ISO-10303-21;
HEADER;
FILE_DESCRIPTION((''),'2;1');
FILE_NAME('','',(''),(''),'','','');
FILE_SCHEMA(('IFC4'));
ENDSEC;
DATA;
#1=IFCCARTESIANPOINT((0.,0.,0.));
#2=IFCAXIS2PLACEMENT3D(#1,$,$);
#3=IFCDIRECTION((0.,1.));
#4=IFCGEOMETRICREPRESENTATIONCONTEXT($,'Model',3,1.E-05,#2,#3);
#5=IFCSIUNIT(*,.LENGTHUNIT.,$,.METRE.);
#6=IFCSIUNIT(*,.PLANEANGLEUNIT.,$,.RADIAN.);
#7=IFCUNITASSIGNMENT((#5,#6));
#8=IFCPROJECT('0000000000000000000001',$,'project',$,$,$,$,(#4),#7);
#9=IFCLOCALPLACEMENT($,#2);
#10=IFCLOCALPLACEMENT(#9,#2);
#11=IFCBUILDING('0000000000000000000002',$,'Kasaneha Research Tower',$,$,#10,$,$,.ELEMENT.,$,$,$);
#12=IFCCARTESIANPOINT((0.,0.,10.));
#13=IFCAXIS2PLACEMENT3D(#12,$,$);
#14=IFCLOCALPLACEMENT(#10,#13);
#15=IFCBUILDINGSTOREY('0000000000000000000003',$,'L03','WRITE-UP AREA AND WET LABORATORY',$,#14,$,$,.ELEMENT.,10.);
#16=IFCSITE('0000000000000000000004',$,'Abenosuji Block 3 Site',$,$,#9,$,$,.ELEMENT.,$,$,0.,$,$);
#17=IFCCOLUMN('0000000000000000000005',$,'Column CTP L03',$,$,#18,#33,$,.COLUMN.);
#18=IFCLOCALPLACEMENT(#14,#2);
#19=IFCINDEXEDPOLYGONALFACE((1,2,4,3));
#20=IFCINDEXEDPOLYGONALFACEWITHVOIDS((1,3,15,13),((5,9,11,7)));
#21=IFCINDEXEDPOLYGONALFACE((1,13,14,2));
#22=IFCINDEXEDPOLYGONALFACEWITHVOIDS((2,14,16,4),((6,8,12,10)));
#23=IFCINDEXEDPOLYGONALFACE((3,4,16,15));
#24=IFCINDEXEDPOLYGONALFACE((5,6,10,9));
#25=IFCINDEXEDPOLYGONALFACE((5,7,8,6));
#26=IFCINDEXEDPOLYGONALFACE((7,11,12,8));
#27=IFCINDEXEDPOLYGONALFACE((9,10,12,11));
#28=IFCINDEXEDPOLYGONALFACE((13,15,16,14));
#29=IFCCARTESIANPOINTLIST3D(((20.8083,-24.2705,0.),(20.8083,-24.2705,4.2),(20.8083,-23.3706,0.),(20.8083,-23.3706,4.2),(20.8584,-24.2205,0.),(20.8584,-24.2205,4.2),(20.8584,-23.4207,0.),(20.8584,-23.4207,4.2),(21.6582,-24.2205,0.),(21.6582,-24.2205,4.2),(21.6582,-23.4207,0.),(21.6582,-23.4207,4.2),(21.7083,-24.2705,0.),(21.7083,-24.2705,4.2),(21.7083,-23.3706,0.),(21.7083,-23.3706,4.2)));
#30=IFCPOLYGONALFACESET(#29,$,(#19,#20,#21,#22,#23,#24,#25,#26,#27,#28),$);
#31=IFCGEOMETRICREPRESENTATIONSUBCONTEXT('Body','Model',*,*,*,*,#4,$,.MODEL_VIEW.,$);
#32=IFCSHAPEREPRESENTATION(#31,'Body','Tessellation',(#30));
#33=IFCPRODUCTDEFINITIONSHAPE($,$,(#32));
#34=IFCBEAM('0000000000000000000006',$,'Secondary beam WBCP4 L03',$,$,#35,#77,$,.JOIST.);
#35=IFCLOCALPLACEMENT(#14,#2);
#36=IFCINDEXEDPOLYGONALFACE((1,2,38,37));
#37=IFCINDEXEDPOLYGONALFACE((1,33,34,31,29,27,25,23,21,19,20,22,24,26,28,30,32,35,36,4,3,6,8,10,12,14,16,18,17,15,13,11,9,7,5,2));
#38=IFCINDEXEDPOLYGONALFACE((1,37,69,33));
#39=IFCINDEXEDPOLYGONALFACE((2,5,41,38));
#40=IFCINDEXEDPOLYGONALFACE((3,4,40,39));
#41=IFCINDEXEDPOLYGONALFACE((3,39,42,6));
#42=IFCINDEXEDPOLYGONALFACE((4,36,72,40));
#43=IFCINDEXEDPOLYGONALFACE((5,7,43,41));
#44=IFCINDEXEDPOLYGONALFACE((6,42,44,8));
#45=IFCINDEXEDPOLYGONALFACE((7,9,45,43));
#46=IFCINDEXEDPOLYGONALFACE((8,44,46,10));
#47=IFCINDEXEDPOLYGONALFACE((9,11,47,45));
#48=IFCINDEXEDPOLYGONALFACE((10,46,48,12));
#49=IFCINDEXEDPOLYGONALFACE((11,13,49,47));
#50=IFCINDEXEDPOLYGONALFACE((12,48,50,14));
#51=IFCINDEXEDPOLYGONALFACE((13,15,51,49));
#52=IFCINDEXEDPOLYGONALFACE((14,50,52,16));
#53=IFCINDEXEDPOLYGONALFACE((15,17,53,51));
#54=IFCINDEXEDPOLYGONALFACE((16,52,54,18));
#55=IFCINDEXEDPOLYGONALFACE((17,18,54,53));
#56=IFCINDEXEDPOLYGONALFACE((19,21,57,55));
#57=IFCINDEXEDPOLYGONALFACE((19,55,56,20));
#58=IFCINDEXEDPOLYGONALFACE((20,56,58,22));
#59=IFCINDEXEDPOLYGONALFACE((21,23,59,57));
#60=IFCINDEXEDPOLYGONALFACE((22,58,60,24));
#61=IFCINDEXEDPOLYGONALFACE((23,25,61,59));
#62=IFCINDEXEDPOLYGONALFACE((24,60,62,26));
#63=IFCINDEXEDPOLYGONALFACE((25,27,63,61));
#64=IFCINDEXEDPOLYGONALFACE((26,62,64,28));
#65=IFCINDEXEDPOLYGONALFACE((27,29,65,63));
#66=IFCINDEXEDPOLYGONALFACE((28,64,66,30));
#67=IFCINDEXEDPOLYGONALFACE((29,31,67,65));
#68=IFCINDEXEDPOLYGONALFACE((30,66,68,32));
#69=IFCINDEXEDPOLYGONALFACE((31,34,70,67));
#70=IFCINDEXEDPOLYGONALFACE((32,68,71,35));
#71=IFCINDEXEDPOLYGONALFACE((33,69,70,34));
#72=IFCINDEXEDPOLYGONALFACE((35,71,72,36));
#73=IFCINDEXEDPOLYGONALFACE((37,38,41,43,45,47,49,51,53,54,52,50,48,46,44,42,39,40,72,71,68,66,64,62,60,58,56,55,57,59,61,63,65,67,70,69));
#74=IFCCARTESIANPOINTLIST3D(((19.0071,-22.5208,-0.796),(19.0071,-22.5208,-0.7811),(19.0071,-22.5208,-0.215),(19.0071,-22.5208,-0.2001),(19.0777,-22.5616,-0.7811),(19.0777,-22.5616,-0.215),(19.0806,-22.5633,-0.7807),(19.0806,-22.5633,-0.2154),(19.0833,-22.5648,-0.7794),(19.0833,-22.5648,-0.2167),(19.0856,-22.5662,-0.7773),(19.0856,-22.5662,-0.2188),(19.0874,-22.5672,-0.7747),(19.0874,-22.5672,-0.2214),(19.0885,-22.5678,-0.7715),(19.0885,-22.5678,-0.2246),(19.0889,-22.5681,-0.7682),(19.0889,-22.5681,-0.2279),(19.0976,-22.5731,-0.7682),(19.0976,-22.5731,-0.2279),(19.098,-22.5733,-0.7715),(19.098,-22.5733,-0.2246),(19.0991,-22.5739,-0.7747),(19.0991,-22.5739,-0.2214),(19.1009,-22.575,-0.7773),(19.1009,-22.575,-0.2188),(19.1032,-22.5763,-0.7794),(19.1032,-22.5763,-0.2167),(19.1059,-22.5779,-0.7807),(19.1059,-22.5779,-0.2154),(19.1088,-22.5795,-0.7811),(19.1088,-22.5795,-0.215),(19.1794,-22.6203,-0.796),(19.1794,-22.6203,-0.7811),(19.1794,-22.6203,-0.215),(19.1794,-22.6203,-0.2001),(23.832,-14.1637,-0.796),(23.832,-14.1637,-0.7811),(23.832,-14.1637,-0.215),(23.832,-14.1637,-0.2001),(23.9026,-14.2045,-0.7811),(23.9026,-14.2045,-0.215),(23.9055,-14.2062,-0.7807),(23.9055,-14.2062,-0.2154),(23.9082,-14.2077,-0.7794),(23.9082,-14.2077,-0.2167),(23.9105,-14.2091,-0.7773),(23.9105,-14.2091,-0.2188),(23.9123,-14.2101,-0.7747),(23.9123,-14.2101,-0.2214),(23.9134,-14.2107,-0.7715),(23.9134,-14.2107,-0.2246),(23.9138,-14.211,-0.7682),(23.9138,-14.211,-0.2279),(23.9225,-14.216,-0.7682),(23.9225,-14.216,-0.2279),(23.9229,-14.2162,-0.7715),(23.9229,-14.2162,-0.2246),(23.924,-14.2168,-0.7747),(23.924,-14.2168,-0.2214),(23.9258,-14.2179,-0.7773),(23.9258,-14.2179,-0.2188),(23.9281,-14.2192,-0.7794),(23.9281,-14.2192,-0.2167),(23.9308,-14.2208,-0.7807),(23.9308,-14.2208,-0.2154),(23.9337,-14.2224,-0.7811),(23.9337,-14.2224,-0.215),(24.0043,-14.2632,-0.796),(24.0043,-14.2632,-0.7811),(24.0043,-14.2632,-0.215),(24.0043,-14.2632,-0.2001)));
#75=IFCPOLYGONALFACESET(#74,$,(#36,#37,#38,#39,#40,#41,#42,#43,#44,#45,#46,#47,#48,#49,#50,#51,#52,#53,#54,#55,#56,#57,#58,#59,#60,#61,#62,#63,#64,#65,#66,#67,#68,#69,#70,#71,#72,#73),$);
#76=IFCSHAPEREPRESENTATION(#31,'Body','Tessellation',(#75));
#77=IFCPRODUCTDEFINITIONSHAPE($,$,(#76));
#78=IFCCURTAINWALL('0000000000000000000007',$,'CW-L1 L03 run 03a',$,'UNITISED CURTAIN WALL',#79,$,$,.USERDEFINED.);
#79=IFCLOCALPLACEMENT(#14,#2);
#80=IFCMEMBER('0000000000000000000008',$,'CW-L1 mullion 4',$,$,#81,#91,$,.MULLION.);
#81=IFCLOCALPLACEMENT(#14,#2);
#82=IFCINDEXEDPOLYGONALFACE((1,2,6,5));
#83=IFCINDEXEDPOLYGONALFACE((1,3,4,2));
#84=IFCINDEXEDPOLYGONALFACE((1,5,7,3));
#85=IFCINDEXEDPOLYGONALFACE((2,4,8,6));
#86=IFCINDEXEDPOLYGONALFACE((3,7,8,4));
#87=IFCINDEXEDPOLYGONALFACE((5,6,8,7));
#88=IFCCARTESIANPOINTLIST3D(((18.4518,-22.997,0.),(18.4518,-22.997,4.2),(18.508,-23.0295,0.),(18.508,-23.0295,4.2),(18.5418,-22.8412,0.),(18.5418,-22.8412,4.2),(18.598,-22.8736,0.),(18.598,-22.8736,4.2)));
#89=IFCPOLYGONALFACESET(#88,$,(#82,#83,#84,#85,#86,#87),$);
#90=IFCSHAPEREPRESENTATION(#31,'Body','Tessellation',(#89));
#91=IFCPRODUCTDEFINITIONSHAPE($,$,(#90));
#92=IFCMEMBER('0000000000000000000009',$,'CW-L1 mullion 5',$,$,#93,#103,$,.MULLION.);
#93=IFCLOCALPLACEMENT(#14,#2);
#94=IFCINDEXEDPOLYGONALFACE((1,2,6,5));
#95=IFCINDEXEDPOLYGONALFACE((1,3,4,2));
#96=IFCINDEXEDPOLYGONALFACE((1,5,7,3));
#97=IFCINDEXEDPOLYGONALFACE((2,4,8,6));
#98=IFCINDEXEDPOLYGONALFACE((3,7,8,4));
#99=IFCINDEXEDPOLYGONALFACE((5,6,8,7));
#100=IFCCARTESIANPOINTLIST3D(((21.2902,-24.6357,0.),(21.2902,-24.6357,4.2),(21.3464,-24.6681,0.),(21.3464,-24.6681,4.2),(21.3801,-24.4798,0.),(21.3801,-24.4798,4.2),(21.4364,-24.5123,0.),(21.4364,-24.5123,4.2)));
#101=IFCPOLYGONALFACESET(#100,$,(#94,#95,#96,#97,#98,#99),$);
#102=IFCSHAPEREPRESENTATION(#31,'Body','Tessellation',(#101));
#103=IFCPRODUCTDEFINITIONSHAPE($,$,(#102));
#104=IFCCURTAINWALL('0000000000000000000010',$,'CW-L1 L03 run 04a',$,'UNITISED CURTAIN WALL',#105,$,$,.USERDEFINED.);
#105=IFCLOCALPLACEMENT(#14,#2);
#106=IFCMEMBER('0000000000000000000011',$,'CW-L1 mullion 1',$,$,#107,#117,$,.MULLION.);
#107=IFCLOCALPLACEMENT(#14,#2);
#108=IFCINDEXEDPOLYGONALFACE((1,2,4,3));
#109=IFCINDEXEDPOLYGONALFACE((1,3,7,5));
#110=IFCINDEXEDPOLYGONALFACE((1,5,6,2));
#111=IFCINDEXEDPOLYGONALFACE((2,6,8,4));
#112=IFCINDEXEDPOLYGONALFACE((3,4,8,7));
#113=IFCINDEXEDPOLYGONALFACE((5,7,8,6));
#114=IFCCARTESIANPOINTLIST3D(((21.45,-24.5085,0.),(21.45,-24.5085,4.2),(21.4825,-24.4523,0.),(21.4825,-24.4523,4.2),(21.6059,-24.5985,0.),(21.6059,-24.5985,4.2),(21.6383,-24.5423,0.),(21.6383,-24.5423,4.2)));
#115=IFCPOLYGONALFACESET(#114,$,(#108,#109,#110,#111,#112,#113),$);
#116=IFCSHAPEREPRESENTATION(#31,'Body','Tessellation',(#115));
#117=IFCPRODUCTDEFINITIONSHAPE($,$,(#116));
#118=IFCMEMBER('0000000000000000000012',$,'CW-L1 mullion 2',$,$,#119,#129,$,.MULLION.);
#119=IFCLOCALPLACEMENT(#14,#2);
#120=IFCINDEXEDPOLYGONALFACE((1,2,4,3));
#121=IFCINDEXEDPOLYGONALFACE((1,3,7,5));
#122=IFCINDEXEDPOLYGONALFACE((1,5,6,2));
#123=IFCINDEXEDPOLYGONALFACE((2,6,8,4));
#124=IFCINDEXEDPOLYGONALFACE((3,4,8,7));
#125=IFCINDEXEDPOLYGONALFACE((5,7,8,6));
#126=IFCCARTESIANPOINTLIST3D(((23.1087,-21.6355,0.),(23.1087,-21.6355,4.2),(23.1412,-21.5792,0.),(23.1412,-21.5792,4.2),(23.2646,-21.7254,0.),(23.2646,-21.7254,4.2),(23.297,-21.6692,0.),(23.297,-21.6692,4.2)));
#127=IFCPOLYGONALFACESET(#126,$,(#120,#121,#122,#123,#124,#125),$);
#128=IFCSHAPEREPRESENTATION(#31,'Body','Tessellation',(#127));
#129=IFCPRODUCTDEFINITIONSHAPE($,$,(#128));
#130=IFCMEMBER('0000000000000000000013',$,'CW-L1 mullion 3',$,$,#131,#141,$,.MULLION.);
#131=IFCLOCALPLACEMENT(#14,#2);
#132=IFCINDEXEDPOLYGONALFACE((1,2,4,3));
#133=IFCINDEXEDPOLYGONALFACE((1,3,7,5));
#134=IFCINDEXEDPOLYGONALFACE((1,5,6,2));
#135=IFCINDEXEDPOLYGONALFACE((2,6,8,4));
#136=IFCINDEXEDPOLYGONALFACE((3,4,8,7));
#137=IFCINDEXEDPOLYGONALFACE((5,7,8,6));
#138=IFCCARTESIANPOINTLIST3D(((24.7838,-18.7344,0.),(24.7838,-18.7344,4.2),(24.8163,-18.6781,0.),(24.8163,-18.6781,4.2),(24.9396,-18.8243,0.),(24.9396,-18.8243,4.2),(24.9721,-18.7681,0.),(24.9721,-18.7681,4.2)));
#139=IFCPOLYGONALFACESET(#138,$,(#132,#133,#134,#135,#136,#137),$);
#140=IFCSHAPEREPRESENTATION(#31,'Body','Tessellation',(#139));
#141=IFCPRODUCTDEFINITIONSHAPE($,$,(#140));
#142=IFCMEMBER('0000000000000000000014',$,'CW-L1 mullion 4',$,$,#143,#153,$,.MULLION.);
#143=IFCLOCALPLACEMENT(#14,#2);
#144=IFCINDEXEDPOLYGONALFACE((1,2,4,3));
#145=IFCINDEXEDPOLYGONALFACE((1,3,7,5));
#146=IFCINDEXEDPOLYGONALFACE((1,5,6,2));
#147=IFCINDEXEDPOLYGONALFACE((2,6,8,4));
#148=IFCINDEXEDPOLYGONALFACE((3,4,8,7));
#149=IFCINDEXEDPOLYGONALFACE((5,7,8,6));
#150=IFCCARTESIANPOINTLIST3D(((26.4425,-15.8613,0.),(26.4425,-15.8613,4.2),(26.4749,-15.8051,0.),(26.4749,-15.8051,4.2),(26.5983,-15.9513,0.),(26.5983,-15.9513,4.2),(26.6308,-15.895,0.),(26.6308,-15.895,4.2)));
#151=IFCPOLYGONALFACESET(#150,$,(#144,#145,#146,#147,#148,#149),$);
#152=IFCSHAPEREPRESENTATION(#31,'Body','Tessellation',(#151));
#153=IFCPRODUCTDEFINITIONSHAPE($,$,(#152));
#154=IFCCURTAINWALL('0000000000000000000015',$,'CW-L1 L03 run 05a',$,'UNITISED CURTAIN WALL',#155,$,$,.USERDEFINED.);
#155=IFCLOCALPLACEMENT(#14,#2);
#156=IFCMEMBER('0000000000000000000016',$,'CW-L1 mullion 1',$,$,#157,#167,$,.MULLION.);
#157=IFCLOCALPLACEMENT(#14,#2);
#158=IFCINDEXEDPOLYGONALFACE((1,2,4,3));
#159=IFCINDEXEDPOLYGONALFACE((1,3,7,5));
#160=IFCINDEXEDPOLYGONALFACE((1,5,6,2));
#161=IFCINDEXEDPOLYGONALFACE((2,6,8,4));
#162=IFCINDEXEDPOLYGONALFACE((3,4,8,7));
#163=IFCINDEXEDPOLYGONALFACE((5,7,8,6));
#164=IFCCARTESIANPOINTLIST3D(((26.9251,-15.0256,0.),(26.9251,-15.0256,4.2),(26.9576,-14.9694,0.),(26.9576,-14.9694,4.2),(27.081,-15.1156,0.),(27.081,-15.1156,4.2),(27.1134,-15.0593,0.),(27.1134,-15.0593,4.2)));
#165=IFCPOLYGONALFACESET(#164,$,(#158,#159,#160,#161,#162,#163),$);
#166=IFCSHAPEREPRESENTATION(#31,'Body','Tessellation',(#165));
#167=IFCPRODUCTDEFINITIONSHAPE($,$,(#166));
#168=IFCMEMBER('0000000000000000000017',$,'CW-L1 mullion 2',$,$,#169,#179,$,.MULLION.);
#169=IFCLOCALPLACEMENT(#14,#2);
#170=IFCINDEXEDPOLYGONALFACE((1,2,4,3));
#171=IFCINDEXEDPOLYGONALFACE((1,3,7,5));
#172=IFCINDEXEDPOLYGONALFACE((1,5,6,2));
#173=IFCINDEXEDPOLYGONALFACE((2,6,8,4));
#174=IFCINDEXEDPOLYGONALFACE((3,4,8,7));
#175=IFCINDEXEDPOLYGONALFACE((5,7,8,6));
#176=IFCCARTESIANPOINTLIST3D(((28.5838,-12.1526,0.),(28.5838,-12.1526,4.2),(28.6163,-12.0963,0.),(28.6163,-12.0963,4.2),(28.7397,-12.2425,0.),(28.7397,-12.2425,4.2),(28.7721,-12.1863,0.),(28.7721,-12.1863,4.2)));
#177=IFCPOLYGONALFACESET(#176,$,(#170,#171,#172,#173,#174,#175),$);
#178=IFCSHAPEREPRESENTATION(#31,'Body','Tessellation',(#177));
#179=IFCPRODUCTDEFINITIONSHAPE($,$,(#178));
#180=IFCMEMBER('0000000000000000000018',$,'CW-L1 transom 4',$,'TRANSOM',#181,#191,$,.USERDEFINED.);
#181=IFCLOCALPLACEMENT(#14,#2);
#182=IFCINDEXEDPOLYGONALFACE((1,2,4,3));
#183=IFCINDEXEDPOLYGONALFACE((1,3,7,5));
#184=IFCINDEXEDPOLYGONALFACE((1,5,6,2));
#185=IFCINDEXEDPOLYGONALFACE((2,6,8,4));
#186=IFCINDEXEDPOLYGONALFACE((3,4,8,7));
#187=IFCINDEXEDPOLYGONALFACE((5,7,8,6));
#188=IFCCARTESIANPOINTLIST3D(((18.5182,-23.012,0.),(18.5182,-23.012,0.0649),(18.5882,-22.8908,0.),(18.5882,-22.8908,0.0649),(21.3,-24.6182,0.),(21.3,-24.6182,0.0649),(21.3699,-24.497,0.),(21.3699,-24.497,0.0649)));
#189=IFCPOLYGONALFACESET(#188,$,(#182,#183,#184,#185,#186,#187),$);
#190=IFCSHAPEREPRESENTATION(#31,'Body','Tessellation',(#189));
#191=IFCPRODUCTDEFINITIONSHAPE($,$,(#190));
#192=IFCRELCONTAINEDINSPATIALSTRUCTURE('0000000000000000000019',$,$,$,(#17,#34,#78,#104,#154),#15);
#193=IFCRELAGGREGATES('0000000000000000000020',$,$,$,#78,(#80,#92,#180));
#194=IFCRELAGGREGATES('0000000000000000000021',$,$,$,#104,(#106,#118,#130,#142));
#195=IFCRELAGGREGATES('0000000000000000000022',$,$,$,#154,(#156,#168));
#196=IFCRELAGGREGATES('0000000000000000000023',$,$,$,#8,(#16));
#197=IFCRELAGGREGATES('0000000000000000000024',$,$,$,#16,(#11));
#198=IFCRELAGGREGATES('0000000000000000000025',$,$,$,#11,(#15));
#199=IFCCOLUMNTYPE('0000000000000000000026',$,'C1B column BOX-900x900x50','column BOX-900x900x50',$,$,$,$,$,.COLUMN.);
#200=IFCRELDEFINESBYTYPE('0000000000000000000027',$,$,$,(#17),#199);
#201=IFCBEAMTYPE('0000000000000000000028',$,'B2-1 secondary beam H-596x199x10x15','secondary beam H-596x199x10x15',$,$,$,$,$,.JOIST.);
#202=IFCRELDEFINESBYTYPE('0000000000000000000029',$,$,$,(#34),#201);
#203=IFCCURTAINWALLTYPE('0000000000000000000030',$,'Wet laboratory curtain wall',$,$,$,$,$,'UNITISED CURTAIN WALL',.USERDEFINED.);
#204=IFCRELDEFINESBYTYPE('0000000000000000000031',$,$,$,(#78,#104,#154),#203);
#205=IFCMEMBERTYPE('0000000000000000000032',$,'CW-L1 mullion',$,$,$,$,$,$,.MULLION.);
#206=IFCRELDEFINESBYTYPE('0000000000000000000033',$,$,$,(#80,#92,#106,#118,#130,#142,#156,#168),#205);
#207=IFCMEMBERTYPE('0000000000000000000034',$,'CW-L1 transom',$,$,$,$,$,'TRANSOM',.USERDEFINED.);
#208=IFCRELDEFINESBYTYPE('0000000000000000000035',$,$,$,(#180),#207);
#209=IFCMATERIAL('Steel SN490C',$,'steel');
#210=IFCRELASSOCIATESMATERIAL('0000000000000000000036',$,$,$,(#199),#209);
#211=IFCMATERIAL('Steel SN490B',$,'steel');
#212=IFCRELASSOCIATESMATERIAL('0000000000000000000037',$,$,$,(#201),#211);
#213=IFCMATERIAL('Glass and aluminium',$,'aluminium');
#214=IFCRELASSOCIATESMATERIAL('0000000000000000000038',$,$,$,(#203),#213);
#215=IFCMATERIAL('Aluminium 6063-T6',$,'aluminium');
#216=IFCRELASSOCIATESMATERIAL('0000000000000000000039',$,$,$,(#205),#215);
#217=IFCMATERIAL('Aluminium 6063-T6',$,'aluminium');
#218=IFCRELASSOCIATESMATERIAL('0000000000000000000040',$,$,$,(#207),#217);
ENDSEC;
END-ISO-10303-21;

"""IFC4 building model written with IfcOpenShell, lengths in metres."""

from ifc_helpers import new_model, si_unit, direction, frame, origin, origin_2d, place, context, subcontext, project, spatial, rectangle, hollow_rectangle, i_section, extrude, material, material_profile, profile_set, type_object, element, aggregate, save


model = new_model("IFC4")

# Units and contexts
model_context = context("Model", 3, precision=1e-05, world=origin(), true_north=direction((0.0, 1.0)))
body_context = subcontext(model_context, "Body", "Model", "MODEL_VIEW")
ifc_project = project(units=[si_unit("LENGTHUNIT", "METRE"), si_unit("PLANEANGLEUNIT", "RADIAN")], contexts=[model_context])

# Site, building, storey
site_placement = place(None, origin())
site = spatial("IfcSite", under=ifc_project, at=site_placement, Name="Abenosuji Block 3 Site", CompositionType="ELEMENT", RefElevation=0.0)
building_placement = place(site_placement, origin())
building = spatial("IfcBuilding", under=site, at=building_placement, Name="Kasaneha Research Tower", CompositionType="ELEMENT")
storey_placement = place(building_placement, frame((0.0, 0.0, 10.0)))
storey = spatial("IfcBuildingStorey", under=building, at=storey_placement, Name="L03", Description="WRITE-UP AREA AND WET LABORATORY", CompositionType="ELEMENT", Elevation=10.0)

# Column
ifc_material_1 = material(Name="Steel SN490C", Category="steel")
ifc_material_profile_1 = material_profile(ifc_material_1, hollow_rectangle(XDim=0.8999, YDim=0.8999, WallThickness=0.05, at=origin_2d()), Name="BOX-900x900x50")
ifc_profile_set_1 = profile_set([ifc_material_profile_1], Name="Steel SN490C")
column_type = type_object("IfcColumnType", Name="C1B column BOX-900x900x50", Description="column BOX-900x900x50", PredefinedType="COLUMN", material=ifc_profile_set_1)
column_placement = place(storey_placement, frame((21.2583, -23.8206, 0.0), z_axis=(0.0, 0.0, 1.0), x_axis=(1.0, 0.0, 0.0)))
element("IfcColumn", 1, at=column_placement, inside=storey, type_object=column_type, Name="Column CTP L03", PredefinedType="COLUMN", context=body_context, shape_type="SweptSolid", body=[
    extrude(hollow_rectangle(XDim=0.8999, YDim=0.8999, WallThickness=0.05, at=origin_2d()), origin(), (0.0, 0.0, 1.0), 4.2),
])

# Beam
ifc_material_2 = material(Name="Steel SN490B", Category="steel")
ifc_material_profile_2 = material_profile(ifc_material_2, i_section(OverallWidth=0.199, OverallDepth=0.5959, WebThickness=0.01, FlangeThickness=0.0149, FilletRadius=0.0129, at=origin_2d()), Name="H-596x199x10x15")
ifc_profile_set_2 = profile_set([ifc_material_profile_2], Name="Steel SN490B")
beam_type_1 = type_object("IfcBeamType", Name="B2-1 secondary beam H-596x199x10x15", Description="secondary beam H-596x199x10x15", PredefinedType="JOIST", material=ifc_profile_set_2)
beam_1_placement = place(storey_placement, frame((19.0933, -22.5706, -0.498), z_axis=(0.499995, 0.866028, 0.0), x_axis=(-0.866028, 0.499995, 0.0)))
element("IfcBeam", 2, at=beam_1_placement, inside=storey, type_object=beam_type_1, Name="Secondary beam WBCP4 L03", PredefinedType="JOIST", context=body_context, shape_type="SweptSolid", body=[
    extrude(i_section(OverallWidth=0.199, OverallDepth=0.5959, WebThickness=0.01, FlangeThickness=0.0149, FilletRadius=0.0129, at=origin_2d()), origin(), (0.0, 0.0, 1.0), 9.6499),
])

# Curtain walls, members
ifc_material_3 = material(Name="Glass and aluminium", Category="aluminium")
curtain_wall_type = type_object("IfcCurtainWallType", Name="Wet laboratory curtain wall", ElementType="UNITISED CURTAIN WALL", PredefinedType="USERDEFINED", material=ifc_material_3)
curtain_wall_1_placement = place(storey_placement, origin())
curtain_wall_1 = element("IfcCurtainWall", 3, at=curtain_wall_1_placement, inside=storey, type_object=curtain_wall_type, Name="CW-L1 L03 run 03a", ObjectType="UNITISED CURTAIN WALL", PredefinedType="USERDEFINED")
ifc_material_4 = material(Name="Aluminium 6063-T6", Category="aluminium")
ifc_material_profile_3 = material_profile(ifc_material_4, rectangle(XDim=0.0649, YDim=0.1799, at=origin_2d()), Name="CW-L1 mullion 65x180")
ifc_profile_set_3 = profile_set([ifc_material_profile_3], Name="Aluminium 6063-T6")
member_type_1 = type_object("IfcMemberType", Name="CW-L1 mullion", PredefinedType="MULLION", material=ifc_profile_set_3)
member_1_placement = place(storey_placement, frame((18.5249, -22.9353, 0.0), z_axis=(0.0, 0.0, 1.0), x_axis=(0.866025, -0.5, 0.0)))
member_1 = element("IfcMember", 4, at=member_1_placement, type_object=member_type_1, Name="CW-L1 mullion 4", PredefinedType="MULLION", context=body_context, shape_type="SweptSolid", body=[
    extrude(rectangle(XDim=0.0649, YDim=0.1799, at=origin_2d()), origin(), (0.0, 0.0, 1.0), 4.2),
])
member_2_placement = place(storey_placement, frame((21.3633, -24.574, 0.0), z_axis=(0.0, 0.0, 1.0), x_axis=(0.866025, -0.5, 0.0)))
member_2 = element("IfcMember", 5, at=member_2_placement, type_object=member_type_1, Name="CW-L1 mullion 5", PredefinedType="MULLION", context=body_context, shape_type="SweptSolid", body=[
    extrude(rectangle(XDim=0.0649, YDim=0.1799, at=origin_2d()), origin(), (0.0, 0.0, 1.0), 4.2),
])
curtain_wall_2_placement = place(storey_placement, origin())
curtain_wall_2 = element("IfcCurtainWall", 6, at=curtain_wall_2_placement, inside=storey, type_object=curtain_wall_type, Name="CW-L1 L03 run 04a", ObjectType="UNITISED CURTAIN WALL", PredefinedType="USERDEFINED")
member_3_placement = place(storey_placement, frame((21.5442, -24.5254, 0.0), z_axis=(0.0, 0.0, 1.0), x_axis=(0.5, 0.866025, 0.0)))
member_3 = element("IfcMember", 7, at=member_3_placement, type_object=member_type_1, Name="CW-L1 mullion 1", PredefinedType="MULLION", context=body_context, shape_type="SweptSolid", body=[
    extrude(rectangle(XDim=0.0649, YDim=0.1799, at=origin_2d()), origin(), (0.0, 0.0, 1.0), 4.2),
])
member_4_placement = place(storey_placement, frame((23.2029, -21.6523, 0.0), z_axis=(0.0, 0.0, 1.0), x_axis=(0.5, 0.866025, 0.0)))
member_4 = element("IfcMember", 8, at=member_4_placement, type_object=member_type_1, Name="CW-L1 mullion 2", PredefinedType="MULLION", context=body_context, shape_type="SweptSolid", body=[
    extrude(rectangle(XDim=0.0649, YDim=0.1799, at=origin_2d()), origin(), (0.0, 0.0, 1.0), 4.2),
])
member_5_placement = place(storey_placement, frame((24.8779, -18.7512, 0.0), z_axis=(0.0, 0.0, 1.0), x_axis=(0.5, 0.866025, 0.0)))
member_5 = element("IfcMember", 9, at=member_5_placement, type_object=member_type_1, Name="CW-L1 mullion 3", PredefinedType="MULLION", context=body_context, shape_type="SweptSolid", body=[
    extrude(rectangle(XDim=0.0649, YDim=0.1799, at=origin_2d()), origin(), (0.0, 0.0, 1.0), 4.2),
])
member_6_placement = place(storey_placement, frame((26.5366, -15.8782, 0.0), z_axis=(0.0, 0.0, 1.0), x_axis=(0.5, 0.866025, 0.0)))
member_6 = element("IfcMember", 10, at=member_6_placement, type_object=member_type_1, Name="CW-L1 mullion 4", PredefinedType="MULLION", context=body_context, shape_type="SweptSolid", body=[
    extrude(rectangle(XDim=0.0649, YDim=0.1799, at=origin_2d()), origin(), (0.0, 0.0, 1.0), 4.2),
])
curtain_wall_3_placement = place(storey_placement, origin())
curtain_wall_3 = element("IfcCurtainWall", 11, at=curtain_wall_3_placement, inside=storey, type_object=curtain_wall_type, Name="CW-L1 L03 run 05a", ObjectType="UNITISED CURTAIN WALL", PredefinedType="USERDEFINED")
member_7_placement = place(storey_placement, frame((27.0193, -15.0425, 0.0), z_axis=(0.0, 0.0, 1.0), x_axis=(0.5, 0.866025, 0.0)))
member_7 = element("IfcMember", 12, at=member_7_placement, type_object=member_type_1, Name="CW-L1 mullion 1", PredefinedType="MULLION", context=body_context, shape_type="SweptSolid", body=[
    extrude(rectangle(XDim=0.0649, YDim=0.1799, at=origin_2d()), origin(), (0.0, 0.0, 1.0), 4.2),
])
member_8_placement = place(storey_placement, frame((28.678, -12.1694, 0.0), z_axis=(0.0, 0.0, 1.0), x_axis=(0.5, 0.866025, 0.0)))
member_8 = element("IfcMember", 13, at=member_8_placement, type_object=member_type_1, Name="CW-L1 mullion 2", PredefinedType="MULLION", context=body_context, shape_type="SweptSolid", body=[
    extrude(rectangle(XDim=0.0649, YDim=0.1799, at=origin_2d()), origin(), (0.0, 0.0, 1.0), 4.2),
])

# Member
ifc_material_5 = material(Name="Aluminium 6063-T6", Category="aluminium")
ifc_material_profile_4 = material_profile(ifc_material_5, rectangle(XDim=0.1399, YDim=0.0649, at=origin_2d()), Name="CW-L1 transom 140x65")
ifc_profile_set_4 = profile_set([ifc_material_profile_4], Name="Aluminium 6063-T6")
member_type_2 = type_object("IfcMemberType", Name="CW-L1 transom", ElementType="TRANSOM", PredefinedType="USERDEFINED", material=ifc_profile_set_4)
member_9_placement = place(storey_placement, frame((18.5532, -22.9514, 0.0325), z_axis=(0.866003, -0.500038, 0.0), x_axis=(0.500038, 0.866003, 0.0)))
member_9 = element("IfcMember", 14, at=member_9_placement, type_object=member_type_2, Name="CW-L1 transom 4", ObjectType="TRANSOM", PredefinedType="USERDEFINED", context=body_context, shape_type="SweptSolid", body=[
    extrude(rectangle(XDim=0.1399, YDim=0.0649, at=origin_2d()), origin(), (0.0, 0.0, 1.0), 3.2122),
])

aggregate(curtain_wall_1, [member_1, member_2, member_9])
aggregate(curtain_wall_2, [member_3, member_4, member_5, member_6])
aggregate(curtain_wall_3, [member_7, member_8])

save(model, "model.ifc")
